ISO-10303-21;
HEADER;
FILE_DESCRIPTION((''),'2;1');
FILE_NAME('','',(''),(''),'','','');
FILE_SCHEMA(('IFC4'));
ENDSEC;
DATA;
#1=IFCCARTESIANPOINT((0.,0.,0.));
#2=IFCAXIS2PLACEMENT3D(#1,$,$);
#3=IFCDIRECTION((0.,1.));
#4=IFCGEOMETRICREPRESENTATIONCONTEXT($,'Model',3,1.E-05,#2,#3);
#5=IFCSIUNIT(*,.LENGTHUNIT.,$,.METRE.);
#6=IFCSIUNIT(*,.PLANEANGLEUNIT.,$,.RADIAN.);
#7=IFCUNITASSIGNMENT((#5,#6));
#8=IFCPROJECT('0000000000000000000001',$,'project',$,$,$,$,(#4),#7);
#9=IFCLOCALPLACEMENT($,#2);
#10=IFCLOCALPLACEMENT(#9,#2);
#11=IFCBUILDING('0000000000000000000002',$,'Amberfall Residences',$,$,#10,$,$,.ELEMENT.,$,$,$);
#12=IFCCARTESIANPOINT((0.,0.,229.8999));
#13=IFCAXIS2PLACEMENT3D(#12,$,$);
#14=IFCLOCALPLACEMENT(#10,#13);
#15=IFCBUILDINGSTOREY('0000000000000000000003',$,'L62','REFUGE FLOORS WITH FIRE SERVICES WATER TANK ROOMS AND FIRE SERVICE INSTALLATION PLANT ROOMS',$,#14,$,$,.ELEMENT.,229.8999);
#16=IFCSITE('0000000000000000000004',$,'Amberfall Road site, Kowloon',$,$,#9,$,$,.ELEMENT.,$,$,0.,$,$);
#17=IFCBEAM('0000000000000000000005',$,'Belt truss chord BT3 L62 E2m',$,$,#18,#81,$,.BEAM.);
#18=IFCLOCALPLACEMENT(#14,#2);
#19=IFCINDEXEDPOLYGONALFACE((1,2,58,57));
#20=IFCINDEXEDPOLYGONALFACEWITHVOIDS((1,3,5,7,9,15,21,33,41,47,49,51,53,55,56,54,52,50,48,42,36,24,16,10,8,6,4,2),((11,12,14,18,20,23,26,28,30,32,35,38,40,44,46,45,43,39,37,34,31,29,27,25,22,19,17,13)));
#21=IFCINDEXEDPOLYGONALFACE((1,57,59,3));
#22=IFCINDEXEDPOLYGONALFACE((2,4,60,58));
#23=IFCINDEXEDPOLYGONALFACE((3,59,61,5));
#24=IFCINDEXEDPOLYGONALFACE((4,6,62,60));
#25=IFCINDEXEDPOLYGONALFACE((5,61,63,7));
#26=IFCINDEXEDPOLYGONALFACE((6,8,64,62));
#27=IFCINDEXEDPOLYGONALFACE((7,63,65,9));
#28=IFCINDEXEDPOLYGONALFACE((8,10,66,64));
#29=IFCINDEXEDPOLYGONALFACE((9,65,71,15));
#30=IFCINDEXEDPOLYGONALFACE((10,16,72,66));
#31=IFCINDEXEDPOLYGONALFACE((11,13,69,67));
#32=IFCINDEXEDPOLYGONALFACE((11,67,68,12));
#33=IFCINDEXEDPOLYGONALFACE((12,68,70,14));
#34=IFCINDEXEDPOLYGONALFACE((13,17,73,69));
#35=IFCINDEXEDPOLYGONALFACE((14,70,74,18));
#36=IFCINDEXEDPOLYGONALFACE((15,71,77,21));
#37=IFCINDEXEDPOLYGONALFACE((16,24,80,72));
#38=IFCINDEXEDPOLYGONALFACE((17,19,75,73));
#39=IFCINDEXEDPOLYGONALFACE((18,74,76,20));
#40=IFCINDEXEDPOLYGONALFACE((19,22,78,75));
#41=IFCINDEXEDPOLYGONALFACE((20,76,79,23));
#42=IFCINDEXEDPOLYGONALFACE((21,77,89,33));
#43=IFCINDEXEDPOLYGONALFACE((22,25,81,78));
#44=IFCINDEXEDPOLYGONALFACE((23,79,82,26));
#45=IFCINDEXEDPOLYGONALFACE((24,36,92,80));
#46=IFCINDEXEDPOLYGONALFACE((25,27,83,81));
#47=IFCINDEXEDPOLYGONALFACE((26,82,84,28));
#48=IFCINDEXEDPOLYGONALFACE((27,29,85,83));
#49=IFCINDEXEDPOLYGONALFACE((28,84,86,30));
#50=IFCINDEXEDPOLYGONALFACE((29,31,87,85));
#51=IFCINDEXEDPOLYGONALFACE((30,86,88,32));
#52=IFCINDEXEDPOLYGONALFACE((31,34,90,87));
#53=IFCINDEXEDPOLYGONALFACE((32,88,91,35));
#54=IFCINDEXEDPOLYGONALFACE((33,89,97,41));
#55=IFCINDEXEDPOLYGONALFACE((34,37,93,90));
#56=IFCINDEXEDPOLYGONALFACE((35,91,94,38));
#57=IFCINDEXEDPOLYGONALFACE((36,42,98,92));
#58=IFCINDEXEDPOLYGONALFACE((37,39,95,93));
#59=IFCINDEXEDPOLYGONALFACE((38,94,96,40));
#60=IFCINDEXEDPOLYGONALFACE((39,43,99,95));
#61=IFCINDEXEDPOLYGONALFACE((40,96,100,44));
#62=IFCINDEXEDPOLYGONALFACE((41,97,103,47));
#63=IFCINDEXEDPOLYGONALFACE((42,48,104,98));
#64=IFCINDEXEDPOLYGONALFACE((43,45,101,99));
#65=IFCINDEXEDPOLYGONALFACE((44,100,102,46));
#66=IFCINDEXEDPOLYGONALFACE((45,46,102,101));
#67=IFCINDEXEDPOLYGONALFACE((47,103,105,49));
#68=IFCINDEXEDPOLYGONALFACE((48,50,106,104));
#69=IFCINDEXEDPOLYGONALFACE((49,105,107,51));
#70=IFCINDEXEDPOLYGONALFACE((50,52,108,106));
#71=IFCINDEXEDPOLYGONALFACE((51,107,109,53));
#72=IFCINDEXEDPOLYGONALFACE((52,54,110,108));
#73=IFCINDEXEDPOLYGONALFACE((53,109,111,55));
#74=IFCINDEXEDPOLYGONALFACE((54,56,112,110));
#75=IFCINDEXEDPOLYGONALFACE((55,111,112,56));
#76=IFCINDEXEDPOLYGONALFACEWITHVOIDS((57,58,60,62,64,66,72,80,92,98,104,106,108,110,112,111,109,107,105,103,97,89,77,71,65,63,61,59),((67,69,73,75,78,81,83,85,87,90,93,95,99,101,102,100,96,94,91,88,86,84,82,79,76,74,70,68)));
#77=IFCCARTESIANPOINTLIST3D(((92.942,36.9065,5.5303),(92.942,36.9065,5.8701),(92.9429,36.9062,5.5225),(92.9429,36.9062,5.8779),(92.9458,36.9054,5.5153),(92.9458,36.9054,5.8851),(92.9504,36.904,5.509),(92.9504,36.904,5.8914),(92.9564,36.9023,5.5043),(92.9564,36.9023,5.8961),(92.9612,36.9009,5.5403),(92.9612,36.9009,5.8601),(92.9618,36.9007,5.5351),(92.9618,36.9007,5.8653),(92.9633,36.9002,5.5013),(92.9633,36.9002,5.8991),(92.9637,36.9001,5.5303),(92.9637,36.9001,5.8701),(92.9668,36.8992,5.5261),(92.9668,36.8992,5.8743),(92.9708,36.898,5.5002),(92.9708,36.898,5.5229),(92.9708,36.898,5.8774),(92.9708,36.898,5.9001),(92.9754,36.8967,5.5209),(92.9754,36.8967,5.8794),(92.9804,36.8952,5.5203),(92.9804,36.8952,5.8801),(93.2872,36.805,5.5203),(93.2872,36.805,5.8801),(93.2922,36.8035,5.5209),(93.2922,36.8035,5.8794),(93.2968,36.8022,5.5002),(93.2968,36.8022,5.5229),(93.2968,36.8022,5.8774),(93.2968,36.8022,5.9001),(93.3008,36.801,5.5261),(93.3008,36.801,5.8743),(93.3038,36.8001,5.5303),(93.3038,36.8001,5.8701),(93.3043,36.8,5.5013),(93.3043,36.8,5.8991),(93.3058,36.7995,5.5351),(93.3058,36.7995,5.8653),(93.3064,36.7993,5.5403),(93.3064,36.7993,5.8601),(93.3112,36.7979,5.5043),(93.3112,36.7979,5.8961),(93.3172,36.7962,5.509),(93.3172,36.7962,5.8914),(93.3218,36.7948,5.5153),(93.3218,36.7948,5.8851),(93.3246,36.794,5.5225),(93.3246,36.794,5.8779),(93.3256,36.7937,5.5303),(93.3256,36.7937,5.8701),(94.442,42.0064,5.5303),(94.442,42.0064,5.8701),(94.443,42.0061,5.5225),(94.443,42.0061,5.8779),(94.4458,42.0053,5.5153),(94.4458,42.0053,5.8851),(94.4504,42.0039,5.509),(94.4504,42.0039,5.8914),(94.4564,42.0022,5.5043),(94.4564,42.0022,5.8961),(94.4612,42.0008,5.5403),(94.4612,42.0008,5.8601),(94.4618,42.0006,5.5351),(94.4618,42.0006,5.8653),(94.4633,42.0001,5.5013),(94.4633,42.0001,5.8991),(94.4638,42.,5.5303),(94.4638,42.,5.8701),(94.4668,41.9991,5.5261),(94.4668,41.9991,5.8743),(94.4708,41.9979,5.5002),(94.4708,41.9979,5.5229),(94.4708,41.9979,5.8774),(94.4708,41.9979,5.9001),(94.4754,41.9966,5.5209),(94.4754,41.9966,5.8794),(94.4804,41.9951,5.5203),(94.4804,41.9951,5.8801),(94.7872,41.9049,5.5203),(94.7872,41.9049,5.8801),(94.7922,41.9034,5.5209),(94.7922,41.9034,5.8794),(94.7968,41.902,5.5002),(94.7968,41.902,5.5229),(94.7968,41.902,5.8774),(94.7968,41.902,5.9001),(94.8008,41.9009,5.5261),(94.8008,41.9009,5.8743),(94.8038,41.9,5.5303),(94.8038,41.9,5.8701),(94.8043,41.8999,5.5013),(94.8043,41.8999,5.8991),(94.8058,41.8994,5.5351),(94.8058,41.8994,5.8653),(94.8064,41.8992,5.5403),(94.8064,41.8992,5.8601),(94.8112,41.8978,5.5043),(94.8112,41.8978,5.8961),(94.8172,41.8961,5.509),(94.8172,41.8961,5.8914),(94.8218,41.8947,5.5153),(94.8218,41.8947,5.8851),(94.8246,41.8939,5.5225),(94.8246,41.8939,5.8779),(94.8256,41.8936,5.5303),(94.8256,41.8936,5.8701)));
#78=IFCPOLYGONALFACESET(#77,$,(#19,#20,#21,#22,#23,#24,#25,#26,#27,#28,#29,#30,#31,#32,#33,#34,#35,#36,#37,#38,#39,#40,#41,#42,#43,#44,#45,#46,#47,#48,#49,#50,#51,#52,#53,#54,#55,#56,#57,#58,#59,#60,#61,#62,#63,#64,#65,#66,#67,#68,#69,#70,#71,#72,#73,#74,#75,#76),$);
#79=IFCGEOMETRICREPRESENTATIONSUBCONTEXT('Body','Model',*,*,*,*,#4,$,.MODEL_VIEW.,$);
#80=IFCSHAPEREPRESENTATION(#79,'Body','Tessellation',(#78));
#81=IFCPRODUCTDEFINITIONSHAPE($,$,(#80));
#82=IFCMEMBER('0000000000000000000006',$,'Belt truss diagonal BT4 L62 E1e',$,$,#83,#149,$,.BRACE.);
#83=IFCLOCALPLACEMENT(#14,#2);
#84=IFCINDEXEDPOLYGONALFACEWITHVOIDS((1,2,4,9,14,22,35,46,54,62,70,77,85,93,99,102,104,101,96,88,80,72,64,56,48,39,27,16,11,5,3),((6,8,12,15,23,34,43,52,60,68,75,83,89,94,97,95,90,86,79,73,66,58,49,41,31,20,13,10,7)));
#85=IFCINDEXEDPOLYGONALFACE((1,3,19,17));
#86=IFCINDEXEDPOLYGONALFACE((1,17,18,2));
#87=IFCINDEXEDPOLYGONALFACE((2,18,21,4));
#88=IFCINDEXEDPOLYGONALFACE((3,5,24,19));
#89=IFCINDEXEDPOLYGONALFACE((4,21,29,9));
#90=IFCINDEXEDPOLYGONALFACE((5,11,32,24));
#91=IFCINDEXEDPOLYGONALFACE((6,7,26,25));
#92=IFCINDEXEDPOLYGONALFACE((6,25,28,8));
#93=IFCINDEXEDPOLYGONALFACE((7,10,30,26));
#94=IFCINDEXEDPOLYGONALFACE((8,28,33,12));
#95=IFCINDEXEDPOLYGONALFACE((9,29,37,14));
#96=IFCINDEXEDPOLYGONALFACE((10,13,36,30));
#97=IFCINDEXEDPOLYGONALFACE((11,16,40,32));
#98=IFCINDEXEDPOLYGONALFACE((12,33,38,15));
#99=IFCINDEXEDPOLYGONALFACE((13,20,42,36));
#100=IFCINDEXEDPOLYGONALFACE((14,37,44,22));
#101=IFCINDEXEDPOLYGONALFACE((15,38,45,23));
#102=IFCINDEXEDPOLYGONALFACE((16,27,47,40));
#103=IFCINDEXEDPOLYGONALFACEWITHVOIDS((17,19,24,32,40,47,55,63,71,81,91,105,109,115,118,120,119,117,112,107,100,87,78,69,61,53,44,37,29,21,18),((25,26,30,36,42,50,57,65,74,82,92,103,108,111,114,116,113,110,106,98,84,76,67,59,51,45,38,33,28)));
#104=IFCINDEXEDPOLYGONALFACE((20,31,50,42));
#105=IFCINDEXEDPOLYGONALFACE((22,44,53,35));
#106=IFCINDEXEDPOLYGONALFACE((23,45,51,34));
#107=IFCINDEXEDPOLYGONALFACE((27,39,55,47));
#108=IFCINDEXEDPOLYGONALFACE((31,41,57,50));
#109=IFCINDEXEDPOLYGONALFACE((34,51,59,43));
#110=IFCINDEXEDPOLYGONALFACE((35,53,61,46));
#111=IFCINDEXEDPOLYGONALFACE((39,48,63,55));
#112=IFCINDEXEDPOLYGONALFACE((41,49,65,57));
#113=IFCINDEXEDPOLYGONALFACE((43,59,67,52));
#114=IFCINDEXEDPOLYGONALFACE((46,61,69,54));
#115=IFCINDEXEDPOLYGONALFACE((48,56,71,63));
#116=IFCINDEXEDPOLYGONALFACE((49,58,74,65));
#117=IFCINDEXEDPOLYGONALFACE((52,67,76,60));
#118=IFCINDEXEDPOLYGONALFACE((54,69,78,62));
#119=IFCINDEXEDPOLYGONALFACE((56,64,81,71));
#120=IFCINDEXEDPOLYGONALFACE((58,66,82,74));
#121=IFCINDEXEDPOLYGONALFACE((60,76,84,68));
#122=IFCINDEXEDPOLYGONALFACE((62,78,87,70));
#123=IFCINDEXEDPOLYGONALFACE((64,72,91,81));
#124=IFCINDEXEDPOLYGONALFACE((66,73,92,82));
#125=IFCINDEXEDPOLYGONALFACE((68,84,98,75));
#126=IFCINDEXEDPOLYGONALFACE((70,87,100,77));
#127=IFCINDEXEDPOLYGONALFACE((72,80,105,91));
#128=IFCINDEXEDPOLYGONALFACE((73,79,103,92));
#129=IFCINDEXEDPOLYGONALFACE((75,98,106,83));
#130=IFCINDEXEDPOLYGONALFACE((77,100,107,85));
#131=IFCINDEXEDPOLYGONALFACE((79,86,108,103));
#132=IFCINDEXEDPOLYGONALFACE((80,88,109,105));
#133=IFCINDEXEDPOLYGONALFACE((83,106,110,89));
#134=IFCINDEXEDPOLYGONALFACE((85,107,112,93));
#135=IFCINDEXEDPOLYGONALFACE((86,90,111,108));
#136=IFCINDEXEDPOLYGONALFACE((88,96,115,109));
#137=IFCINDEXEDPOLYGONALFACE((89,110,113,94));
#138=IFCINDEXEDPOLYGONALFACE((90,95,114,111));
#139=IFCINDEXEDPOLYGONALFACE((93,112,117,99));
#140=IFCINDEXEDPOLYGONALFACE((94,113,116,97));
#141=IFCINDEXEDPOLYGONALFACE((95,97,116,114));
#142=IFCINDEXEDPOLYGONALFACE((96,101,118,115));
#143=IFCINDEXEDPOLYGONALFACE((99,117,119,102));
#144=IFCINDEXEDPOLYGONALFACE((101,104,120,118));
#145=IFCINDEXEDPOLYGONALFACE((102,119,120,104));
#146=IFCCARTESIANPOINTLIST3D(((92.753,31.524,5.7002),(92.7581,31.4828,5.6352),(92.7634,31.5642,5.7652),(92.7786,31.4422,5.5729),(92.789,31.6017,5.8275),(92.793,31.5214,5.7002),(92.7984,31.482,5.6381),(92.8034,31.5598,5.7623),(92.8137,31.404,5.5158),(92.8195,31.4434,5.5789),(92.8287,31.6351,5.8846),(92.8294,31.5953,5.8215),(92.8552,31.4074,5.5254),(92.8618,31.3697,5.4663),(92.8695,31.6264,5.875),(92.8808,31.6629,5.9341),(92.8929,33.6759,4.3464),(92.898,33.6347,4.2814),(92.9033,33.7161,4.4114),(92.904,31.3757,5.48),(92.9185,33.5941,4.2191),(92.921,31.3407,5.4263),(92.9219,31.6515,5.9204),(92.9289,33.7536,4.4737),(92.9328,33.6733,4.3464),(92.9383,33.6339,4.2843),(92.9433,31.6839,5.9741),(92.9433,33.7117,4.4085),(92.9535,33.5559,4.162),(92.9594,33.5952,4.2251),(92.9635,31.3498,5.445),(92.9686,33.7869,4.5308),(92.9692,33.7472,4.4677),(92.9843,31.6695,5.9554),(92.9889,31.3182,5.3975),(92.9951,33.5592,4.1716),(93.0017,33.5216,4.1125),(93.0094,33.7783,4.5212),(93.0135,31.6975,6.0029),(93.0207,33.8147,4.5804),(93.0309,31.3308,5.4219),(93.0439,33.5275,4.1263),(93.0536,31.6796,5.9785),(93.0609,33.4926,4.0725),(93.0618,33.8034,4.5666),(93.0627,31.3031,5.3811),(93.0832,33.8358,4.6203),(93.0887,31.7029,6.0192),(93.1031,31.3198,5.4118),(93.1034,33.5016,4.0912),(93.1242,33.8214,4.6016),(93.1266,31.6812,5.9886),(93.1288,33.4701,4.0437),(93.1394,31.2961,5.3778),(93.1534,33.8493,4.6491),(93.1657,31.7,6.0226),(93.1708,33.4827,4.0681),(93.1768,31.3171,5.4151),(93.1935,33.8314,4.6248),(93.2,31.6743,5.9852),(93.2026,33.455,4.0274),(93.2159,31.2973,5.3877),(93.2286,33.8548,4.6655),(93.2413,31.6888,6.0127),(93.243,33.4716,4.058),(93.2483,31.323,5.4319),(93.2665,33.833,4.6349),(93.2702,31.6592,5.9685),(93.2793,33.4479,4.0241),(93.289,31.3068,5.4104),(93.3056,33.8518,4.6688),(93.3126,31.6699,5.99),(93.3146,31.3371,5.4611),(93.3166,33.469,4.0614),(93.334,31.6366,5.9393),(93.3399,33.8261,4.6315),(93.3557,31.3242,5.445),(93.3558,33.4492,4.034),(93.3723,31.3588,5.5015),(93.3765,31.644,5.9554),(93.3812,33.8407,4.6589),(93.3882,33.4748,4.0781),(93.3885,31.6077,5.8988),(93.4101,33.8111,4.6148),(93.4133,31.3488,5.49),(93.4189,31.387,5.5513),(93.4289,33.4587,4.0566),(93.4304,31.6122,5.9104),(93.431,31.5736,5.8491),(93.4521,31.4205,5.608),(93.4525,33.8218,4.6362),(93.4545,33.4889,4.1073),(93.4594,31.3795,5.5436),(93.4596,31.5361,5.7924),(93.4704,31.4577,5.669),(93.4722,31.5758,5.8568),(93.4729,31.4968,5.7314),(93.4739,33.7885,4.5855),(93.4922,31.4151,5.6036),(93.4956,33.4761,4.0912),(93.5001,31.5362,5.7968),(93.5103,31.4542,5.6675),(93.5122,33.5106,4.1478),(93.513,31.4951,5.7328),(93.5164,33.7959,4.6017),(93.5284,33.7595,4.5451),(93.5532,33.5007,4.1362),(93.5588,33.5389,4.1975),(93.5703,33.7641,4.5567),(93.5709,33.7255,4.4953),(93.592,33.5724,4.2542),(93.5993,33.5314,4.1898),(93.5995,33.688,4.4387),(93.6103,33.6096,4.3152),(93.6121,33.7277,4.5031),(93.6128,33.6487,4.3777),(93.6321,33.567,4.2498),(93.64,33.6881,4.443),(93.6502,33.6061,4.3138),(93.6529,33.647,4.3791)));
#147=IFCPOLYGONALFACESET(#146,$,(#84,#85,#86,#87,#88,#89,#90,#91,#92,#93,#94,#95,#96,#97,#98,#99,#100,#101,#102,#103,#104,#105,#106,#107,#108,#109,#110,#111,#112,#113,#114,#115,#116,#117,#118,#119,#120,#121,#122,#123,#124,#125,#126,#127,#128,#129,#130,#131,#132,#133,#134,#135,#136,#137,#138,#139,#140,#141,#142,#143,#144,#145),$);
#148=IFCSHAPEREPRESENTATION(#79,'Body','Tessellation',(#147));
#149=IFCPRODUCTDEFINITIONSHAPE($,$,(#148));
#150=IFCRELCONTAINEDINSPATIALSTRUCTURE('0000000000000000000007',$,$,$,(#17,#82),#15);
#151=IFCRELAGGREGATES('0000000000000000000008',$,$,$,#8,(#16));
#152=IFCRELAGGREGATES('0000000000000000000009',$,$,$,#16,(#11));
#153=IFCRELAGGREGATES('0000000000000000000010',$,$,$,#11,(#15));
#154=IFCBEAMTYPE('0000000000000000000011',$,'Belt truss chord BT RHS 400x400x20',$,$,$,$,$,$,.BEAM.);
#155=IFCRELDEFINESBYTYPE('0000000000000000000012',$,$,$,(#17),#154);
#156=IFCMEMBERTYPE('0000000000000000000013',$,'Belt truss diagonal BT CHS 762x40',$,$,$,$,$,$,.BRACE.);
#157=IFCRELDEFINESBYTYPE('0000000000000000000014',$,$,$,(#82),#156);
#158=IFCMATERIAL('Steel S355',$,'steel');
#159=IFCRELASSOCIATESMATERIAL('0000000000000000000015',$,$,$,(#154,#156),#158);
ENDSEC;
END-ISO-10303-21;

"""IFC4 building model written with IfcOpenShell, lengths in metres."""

from ifc_helpers import new_model, si_unit, direction, frame, origin, origin_2d, place, context, subcontext, project, spatial, hollow_rectangle, hollow_circle, extrude, material, material_profile, profile_set, type_object, element, save


model = new_model("IFC4")

# Units and contexts
model_context = context("Model", 3, precision=1e-05, world=origin(), true_north=direction((0.0, 1.0)))
body_context = subcontext(model_context, "Body", "Model", "MODEL_VIEW")
ifc_project = project(units=[si_unit("LENGTHUNIT", "METRE"), si_unit("PLANEANGLEUNIT", "RADIAN")], contexts=[model_context])

# Site, building, storey
site_placement = place(None, origin())
site = spatial("IfcSite", under=ifc_project, at=site_placement, Name="Amberfall Road site, Kowloon", CompositionType="ELEMENT", RefElevation=0.0)
building_placement = place(site_placement, origin())
building = spatial("IfcBuilding", under=site, at=building_placement, Name="Amberfall Residences", CompositionType="ELEMENT")
storey_placement = place(building_placement, frame((0.0, 0.0, 229.8999)))
storey = spatial("IfcBuildingStorey", under=building, at=storey_placement, Name="L62", Description="REFUGE FLOORS WITH FIRE SERVICES WATER TANK ROOMS AND FIRE SERVICE INSTALLATION PLANT ROOMS", CompositionType="ELEMENT", Elevation=229.8999)

# Beam
ifc_material_1 = material(Name="Steel S355", Category="steel")
ifc_material_profile_1 = material_profile(ifc_material_1, hollow_rectangle(XDim=0.3999, YDim=0.3999, WallThickness=0.02, InnerFilletRadius=0.02, OuterFilletRadius=0.03, at=origin_2d()), Name="RHS 400x400x20")
ifc_profile_set_1 = profile_set([ifc_material_profile_1], Name="Steel S355")
beam_type_1 = type_object("IfcBeamType", Name="Belt truss chord BT RHS 400x400x20", PredefinedType="BEAM", material=ifc_profile_set_1)
for number, where, z_axis, x_axis, name in (
    (1, (93.1338, 36.8501, 5.7002), (0.282174, 0.959363, 0.0), (-0.959363, 0.282174, 0.0), "Belt truss chord BT3 L62 E2m"),
):
    element("IfcBeam", number, at=place(storey_placement, frame(where, z_axis=z_axis, x_axis=x_axis)), inside=storey, type_object=beam_type_1, Name=name, PredefinedType="BEAM", context=body_context, shape_type="SweptSolid", body=[
        extrude(hollow_rectangle(XDim=0.3999, YDim=0.3999, WallThickness=0.02, InnerFilletRadius=0.02, OuterFilletRadius=0.03, at=origin_2d()), origin(), (0.0, 0.0, 1.0), 5.3159),
    ])

# Member
ifc_material_profile_2 = material_profile(ifc_material_1, hollow_circle(Radius=0.3811, WallThickness=0.04, at=origin_2d()), Name="CHS 762x40")
ifc_profile_set_2 = profile_set([ifc_material_profile_2], Name="Steel S355")
member_type = type_object("IfcMemberType", Name="Belt truss diagonal BT CHS 762x40", PredefinedType="BRACE", material=ifc_profile_set_2)
member_1_placement = place(storey_placement, frame((93.1333, 31.4993, 5.7002), z_axis=(0.054943, 0.845151, -0.531696), x_axis=(-0.997894, 0.064873, 0.0)))
element("IfcMember", 2, at=member_1_placement, inside=storey, type_object=member_type, Name="Belt truss diagonal BT4 L62 E1e", PredefinedType="BRACE", context=body_context, shape_type="SweptSolid", body=[
    extrude(hollow_circle(Radius=0.3811, WallThickness=0.04, at=origin_2d()), origin(), (0.0, 0.0, 1.0), 2.5461),
])

save(model, "model.ifc")
